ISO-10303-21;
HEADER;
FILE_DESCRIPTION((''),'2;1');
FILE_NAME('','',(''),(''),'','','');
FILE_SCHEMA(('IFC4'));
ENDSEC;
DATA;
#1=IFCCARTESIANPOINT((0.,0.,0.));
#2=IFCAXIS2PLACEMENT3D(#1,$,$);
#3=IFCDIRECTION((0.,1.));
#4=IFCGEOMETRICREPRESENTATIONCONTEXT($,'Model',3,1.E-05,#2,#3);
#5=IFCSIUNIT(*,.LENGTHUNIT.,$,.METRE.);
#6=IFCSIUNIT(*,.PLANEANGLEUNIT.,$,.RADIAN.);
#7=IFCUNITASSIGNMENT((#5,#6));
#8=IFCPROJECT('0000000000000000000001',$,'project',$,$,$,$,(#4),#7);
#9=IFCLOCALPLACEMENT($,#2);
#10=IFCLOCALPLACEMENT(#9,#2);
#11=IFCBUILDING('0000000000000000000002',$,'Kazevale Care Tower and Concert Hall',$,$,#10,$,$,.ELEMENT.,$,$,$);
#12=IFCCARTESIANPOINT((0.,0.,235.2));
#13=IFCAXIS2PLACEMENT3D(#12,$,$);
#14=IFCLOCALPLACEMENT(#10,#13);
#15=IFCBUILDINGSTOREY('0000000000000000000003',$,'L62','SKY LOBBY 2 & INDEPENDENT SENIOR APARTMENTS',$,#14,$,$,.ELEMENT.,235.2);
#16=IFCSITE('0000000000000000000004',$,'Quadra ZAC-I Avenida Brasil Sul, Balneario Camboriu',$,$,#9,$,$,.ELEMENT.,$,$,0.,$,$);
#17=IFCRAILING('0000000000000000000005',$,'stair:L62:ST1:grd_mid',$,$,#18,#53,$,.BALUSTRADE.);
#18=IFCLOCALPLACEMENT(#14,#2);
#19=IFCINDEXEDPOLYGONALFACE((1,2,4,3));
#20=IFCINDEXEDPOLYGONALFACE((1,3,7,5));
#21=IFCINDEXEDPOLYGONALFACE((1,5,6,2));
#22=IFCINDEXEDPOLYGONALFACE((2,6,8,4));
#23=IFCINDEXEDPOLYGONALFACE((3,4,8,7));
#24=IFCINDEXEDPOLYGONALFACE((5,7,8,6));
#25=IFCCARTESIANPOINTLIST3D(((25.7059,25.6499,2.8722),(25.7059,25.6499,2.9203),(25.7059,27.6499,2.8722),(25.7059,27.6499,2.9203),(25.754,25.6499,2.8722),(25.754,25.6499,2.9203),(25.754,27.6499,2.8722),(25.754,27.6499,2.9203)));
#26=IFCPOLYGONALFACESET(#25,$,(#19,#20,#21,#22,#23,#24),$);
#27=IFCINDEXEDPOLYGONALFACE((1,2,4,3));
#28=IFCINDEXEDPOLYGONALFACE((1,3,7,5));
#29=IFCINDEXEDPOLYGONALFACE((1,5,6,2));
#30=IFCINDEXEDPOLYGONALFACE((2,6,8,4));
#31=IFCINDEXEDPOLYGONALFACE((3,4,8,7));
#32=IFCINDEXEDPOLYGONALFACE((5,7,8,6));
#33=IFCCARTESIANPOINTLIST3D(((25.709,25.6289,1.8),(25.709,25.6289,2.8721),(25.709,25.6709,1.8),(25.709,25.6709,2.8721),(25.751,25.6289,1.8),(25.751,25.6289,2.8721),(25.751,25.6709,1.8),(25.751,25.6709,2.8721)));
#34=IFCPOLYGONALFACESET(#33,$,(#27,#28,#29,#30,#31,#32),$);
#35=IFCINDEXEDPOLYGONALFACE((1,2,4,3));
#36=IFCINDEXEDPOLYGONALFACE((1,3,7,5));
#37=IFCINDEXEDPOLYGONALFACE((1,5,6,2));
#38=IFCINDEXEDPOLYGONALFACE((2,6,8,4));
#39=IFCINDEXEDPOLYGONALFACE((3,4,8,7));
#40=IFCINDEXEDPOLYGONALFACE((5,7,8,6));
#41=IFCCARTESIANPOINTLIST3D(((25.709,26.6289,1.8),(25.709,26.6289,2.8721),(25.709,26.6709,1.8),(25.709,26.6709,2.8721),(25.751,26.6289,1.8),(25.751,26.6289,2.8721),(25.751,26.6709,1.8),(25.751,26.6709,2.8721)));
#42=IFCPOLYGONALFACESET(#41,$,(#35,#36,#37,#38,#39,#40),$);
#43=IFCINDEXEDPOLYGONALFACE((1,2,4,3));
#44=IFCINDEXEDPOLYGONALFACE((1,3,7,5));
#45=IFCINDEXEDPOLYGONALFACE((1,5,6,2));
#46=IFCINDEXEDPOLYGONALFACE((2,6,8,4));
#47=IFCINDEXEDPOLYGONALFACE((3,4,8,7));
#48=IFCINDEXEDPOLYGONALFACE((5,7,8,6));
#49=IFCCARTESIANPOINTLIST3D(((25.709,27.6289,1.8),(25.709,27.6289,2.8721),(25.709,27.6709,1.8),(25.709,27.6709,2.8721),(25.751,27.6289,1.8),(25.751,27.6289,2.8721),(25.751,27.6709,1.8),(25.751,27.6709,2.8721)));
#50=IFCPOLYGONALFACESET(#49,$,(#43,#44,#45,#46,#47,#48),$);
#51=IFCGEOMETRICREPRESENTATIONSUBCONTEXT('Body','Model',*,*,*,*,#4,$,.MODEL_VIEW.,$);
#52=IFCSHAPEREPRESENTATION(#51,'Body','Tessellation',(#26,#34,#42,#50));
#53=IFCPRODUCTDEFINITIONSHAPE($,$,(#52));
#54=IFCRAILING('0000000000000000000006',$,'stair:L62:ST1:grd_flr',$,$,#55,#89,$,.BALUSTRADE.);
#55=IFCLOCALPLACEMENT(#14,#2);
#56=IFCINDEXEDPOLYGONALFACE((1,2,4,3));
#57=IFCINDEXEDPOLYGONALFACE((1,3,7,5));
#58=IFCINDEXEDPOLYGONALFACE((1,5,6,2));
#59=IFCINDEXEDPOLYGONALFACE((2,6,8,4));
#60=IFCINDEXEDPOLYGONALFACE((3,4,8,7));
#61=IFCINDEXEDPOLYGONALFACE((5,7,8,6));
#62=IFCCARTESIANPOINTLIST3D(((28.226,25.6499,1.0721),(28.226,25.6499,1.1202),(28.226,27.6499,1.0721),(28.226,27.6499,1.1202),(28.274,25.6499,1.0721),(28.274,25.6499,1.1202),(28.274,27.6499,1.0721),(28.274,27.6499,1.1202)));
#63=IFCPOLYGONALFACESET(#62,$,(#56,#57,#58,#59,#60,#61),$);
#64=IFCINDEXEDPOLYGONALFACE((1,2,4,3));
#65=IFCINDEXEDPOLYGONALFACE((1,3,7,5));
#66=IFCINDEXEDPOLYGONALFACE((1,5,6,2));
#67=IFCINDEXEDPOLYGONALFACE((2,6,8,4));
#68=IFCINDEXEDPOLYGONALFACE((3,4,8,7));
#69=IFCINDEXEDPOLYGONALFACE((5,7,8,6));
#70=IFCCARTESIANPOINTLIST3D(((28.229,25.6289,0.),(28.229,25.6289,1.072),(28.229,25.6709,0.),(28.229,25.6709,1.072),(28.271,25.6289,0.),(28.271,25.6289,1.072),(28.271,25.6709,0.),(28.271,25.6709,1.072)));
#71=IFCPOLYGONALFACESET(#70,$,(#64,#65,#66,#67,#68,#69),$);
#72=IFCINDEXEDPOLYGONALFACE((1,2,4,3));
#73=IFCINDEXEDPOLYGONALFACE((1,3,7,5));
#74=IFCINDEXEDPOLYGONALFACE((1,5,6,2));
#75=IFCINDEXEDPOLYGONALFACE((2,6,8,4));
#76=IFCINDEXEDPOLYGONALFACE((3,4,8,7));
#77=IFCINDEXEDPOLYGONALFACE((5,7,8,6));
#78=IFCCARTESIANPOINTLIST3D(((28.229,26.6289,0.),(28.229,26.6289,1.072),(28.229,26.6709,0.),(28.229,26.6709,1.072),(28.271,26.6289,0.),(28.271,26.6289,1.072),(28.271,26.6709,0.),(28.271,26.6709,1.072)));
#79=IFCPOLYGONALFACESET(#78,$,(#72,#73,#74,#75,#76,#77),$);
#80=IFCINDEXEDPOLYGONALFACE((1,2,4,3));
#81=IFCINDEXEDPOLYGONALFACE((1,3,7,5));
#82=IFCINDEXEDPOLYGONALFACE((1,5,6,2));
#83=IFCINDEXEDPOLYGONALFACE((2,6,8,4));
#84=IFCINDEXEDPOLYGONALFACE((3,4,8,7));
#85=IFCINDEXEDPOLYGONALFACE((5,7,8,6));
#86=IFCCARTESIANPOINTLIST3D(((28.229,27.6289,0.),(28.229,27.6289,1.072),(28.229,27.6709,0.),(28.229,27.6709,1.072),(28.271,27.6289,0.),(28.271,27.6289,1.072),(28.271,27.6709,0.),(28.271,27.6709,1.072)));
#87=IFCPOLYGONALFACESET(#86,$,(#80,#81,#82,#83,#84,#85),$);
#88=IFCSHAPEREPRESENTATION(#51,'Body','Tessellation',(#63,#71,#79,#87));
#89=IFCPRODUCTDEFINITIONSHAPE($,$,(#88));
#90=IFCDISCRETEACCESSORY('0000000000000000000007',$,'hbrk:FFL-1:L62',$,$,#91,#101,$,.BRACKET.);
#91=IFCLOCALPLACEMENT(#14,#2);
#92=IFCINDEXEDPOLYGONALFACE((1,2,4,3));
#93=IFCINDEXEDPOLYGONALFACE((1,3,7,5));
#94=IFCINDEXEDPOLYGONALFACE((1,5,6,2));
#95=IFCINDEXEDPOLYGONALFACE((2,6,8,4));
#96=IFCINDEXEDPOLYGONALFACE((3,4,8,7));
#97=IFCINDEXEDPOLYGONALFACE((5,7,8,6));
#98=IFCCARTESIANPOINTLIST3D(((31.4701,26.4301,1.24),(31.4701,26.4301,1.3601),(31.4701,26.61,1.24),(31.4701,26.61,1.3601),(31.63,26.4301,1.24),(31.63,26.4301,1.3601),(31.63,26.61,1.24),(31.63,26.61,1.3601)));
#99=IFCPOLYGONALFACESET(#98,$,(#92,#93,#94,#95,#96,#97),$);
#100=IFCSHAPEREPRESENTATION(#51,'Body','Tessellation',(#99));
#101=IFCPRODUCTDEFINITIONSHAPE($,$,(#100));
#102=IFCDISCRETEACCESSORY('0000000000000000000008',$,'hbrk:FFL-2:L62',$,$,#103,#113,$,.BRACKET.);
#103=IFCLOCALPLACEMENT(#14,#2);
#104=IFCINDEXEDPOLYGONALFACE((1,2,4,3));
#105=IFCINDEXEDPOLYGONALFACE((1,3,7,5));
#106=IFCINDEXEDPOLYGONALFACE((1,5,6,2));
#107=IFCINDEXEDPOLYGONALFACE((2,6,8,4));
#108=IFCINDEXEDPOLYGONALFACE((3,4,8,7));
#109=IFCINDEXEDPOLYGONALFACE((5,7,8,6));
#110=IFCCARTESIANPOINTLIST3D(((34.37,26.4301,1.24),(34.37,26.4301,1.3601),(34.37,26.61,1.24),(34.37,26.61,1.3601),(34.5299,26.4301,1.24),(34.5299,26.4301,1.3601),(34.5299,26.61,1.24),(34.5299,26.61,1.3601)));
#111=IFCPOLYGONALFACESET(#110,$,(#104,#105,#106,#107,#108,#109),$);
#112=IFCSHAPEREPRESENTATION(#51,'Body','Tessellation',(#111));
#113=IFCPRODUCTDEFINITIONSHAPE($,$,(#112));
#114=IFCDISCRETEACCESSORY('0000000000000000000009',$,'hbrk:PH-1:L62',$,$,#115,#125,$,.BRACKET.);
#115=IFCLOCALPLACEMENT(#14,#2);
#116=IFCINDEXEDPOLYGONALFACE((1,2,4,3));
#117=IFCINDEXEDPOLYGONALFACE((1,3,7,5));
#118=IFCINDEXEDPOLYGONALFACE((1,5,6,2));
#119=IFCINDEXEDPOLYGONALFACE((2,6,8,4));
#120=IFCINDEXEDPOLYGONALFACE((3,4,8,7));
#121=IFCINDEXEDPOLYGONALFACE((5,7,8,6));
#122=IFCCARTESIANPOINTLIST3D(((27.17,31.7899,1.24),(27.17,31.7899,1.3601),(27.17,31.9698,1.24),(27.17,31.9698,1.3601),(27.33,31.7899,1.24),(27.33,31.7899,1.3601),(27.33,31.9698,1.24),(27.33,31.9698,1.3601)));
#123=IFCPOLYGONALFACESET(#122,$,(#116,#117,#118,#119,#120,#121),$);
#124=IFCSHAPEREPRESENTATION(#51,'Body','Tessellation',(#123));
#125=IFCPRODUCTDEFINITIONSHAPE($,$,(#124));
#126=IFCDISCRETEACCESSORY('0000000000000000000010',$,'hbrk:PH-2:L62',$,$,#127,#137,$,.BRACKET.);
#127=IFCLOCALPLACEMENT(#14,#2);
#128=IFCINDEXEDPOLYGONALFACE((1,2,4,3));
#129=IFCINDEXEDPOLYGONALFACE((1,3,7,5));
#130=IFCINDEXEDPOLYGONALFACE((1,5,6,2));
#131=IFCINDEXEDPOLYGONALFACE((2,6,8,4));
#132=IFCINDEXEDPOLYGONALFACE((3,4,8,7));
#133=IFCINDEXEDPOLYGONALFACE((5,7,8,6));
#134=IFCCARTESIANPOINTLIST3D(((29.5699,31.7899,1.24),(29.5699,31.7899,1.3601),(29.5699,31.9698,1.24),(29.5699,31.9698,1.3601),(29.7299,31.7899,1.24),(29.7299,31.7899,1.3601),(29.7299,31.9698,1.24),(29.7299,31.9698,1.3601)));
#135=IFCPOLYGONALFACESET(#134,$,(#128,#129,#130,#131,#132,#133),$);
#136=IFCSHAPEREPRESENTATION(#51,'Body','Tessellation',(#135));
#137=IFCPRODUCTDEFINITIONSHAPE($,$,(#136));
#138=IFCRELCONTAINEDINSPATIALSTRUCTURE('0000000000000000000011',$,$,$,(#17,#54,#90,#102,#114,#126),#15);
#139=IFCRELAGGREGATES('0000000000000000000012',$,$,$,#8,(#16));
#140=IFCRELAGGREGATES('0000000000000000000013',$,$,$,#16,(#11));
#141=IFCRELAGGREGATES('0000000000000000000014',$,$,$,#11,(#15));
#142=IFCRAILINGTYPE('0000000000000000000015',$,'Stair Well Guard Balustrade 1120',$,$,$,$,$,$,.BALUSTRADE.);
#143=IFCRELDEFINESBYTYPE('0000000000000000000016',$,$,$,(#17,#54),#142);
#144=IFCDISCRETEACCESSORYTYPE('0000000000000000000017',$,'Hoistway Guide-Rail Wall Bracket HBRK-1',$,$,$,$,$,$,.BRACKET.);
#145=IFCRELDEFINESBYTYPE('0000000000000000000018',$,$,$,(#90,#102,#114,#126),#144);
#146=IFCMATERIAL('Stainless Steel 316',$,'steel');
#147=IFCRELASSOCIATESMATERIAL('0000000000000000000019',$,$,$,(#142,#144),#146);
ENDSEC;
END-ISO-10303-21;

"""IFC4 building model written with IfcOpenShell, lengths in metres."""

from ifc_helpers import new_model, si_unit, direction, frame, origin, origin_2d, place, context, subcontext, project, spatial, rectangle, extrude, material, type_object, element, save


model = new_model("IFC4")

# Units and contexts
model_context = context("Model", 3, precision=1e-05, world=origin(), true_north=direction((0.0, 1.0)))
body_context = subcontext(model_context, "Body", "Model", "MODEL_VIEW")
ifc_project = project(units=[si_unit("LENGTHUNIT", "METRE"), si_unit("PLANEANGLEUNIT", "RADIAN")], contexts=[model_context])

# Site, building, storey
site_placement = place(None, origin())
site = spatial("IfcSite", under=ifc_project, at=site_placement, Name="Quadra ZAC-I Avenida Brasil Sul, Balneario Camboriu", CompositionType="ELEMENT", RefElevation=0.0)
building_placement = place(site_placement, origin())
building = spatial("IfcBuilding", under=site, at=building_placement, Name="Kazevale Care Tower and Concert Hall", CompositionType="ELEMENT")
storey_placement = place(building_placement, frame((0.0, 0.0, 235.2)))
storey = spatial("IfcBuildingStorey", under=building, at=storey_placement, Name="L62", Description="SKY LOBBY 2 & INDEPENDENT SENIOR APARTMENTS", CompositionType="ELEMENT", Elevation=235.2)

# Shared definitions
ifc_material_1 = material(Name="Stainless Steel 316", Category="steel")

# Railings
railing_type_1 = type_object("IfcRailingType", Name="Stair Well Guard Balustrade 1120", PredefinedType="BALUSTRADE", material=ifc_material_1)
for number, where, name in (
    (1, (25.73, 25.6499, 1.8), "stair:L62:ST1:grd_mid"),
    (2, (28.25, 25.6499, 0.0), "stair:L62:ST1:grd_flr"),
):
    element("IfcRailing", number, at=place(storey_placement, frame(where)), inside=storey, type_object=railing_type_1, Name=name, PredefinedType="BALUSTRADE", context=body_context, shape_type="SweptSolid", body=[
        extrude(rectangle(XDim=0.0481, YDim=0.0481, at=origin_2d()), frame((0.0, 0.0, 1.0962), z_axis=(0.0, 1.0, 0.0), x_axis=(-1.0, 0.0, 0.0)), (0.0, 0.0, 1.0), 2.0),
        extrude(rectangle(XDim=0.042, YDim=0.042, at=origin_2d()), origin(), (0.0, 0.0, 1.0), 1.072),
        extrude(rectangle(XDim=0.042, YDim=0.042, at=origin_2d()), frame((0.0, 1.0, 0.0)), (0.0, 0.0, 1.0), 1.072),
        extrude(rectangle(XDim=0.042, YDim=0.042, at=origin_2d()), frame((0.0, 2.0, 0.0)), (0.0, 0.0, 1.0), 1.072),
    ])

# Discrete accessories
discrete_accessory_type = type_object("IfcDiscreteAccessoryType", Name="Hoistway Guide-Rail Wall Bracket HBRK-1", PredefinedType="BRACKET", material=ifc_material_1)
for number, where, z_axis, x_axis, name in (
    (3, (31.55, 26.52, 1.24), (0.0, 0.0, 1.0), (1.0, 0.0, 0.0), "hbrk:FFL-1:L62"),
    (4, (34.45, 26.52, 1.24), (0.0, 0.0, 1.0), (1.0, 0.0, 0.0), "hbrk:FFL-2:L62"),
    (5, (27.25, 31.8799, 1.24), (0.0, 0.0, 1.0), (1.0, 0.0, 0.0), "hbrk:PH-1:L62"),
    (6, (29.6499, 31.8799, 1.24), (0.0, 0.0, 1.0), (1.0, 0.0, 0.0), "hbrk:PH-2:L62"),
):
    element("IfcDiscreteAccessory", number, at=place(storey_placement, frame(where, z_axis=z_axis, x_axis=x_axis)), inside=storey, type_object=discrete_accessory_type, Name=name, PredefinedType="BRACKET", context=body_context, shape_type="SweptSolid", body=[
        extrude(rectangle(XDim=0.1599, YDim=0.1799, at=origin_2d()), origin(), (0.0, 0.0, 1.0), 0.1201),
    ])

save(model, "model.ifc")
